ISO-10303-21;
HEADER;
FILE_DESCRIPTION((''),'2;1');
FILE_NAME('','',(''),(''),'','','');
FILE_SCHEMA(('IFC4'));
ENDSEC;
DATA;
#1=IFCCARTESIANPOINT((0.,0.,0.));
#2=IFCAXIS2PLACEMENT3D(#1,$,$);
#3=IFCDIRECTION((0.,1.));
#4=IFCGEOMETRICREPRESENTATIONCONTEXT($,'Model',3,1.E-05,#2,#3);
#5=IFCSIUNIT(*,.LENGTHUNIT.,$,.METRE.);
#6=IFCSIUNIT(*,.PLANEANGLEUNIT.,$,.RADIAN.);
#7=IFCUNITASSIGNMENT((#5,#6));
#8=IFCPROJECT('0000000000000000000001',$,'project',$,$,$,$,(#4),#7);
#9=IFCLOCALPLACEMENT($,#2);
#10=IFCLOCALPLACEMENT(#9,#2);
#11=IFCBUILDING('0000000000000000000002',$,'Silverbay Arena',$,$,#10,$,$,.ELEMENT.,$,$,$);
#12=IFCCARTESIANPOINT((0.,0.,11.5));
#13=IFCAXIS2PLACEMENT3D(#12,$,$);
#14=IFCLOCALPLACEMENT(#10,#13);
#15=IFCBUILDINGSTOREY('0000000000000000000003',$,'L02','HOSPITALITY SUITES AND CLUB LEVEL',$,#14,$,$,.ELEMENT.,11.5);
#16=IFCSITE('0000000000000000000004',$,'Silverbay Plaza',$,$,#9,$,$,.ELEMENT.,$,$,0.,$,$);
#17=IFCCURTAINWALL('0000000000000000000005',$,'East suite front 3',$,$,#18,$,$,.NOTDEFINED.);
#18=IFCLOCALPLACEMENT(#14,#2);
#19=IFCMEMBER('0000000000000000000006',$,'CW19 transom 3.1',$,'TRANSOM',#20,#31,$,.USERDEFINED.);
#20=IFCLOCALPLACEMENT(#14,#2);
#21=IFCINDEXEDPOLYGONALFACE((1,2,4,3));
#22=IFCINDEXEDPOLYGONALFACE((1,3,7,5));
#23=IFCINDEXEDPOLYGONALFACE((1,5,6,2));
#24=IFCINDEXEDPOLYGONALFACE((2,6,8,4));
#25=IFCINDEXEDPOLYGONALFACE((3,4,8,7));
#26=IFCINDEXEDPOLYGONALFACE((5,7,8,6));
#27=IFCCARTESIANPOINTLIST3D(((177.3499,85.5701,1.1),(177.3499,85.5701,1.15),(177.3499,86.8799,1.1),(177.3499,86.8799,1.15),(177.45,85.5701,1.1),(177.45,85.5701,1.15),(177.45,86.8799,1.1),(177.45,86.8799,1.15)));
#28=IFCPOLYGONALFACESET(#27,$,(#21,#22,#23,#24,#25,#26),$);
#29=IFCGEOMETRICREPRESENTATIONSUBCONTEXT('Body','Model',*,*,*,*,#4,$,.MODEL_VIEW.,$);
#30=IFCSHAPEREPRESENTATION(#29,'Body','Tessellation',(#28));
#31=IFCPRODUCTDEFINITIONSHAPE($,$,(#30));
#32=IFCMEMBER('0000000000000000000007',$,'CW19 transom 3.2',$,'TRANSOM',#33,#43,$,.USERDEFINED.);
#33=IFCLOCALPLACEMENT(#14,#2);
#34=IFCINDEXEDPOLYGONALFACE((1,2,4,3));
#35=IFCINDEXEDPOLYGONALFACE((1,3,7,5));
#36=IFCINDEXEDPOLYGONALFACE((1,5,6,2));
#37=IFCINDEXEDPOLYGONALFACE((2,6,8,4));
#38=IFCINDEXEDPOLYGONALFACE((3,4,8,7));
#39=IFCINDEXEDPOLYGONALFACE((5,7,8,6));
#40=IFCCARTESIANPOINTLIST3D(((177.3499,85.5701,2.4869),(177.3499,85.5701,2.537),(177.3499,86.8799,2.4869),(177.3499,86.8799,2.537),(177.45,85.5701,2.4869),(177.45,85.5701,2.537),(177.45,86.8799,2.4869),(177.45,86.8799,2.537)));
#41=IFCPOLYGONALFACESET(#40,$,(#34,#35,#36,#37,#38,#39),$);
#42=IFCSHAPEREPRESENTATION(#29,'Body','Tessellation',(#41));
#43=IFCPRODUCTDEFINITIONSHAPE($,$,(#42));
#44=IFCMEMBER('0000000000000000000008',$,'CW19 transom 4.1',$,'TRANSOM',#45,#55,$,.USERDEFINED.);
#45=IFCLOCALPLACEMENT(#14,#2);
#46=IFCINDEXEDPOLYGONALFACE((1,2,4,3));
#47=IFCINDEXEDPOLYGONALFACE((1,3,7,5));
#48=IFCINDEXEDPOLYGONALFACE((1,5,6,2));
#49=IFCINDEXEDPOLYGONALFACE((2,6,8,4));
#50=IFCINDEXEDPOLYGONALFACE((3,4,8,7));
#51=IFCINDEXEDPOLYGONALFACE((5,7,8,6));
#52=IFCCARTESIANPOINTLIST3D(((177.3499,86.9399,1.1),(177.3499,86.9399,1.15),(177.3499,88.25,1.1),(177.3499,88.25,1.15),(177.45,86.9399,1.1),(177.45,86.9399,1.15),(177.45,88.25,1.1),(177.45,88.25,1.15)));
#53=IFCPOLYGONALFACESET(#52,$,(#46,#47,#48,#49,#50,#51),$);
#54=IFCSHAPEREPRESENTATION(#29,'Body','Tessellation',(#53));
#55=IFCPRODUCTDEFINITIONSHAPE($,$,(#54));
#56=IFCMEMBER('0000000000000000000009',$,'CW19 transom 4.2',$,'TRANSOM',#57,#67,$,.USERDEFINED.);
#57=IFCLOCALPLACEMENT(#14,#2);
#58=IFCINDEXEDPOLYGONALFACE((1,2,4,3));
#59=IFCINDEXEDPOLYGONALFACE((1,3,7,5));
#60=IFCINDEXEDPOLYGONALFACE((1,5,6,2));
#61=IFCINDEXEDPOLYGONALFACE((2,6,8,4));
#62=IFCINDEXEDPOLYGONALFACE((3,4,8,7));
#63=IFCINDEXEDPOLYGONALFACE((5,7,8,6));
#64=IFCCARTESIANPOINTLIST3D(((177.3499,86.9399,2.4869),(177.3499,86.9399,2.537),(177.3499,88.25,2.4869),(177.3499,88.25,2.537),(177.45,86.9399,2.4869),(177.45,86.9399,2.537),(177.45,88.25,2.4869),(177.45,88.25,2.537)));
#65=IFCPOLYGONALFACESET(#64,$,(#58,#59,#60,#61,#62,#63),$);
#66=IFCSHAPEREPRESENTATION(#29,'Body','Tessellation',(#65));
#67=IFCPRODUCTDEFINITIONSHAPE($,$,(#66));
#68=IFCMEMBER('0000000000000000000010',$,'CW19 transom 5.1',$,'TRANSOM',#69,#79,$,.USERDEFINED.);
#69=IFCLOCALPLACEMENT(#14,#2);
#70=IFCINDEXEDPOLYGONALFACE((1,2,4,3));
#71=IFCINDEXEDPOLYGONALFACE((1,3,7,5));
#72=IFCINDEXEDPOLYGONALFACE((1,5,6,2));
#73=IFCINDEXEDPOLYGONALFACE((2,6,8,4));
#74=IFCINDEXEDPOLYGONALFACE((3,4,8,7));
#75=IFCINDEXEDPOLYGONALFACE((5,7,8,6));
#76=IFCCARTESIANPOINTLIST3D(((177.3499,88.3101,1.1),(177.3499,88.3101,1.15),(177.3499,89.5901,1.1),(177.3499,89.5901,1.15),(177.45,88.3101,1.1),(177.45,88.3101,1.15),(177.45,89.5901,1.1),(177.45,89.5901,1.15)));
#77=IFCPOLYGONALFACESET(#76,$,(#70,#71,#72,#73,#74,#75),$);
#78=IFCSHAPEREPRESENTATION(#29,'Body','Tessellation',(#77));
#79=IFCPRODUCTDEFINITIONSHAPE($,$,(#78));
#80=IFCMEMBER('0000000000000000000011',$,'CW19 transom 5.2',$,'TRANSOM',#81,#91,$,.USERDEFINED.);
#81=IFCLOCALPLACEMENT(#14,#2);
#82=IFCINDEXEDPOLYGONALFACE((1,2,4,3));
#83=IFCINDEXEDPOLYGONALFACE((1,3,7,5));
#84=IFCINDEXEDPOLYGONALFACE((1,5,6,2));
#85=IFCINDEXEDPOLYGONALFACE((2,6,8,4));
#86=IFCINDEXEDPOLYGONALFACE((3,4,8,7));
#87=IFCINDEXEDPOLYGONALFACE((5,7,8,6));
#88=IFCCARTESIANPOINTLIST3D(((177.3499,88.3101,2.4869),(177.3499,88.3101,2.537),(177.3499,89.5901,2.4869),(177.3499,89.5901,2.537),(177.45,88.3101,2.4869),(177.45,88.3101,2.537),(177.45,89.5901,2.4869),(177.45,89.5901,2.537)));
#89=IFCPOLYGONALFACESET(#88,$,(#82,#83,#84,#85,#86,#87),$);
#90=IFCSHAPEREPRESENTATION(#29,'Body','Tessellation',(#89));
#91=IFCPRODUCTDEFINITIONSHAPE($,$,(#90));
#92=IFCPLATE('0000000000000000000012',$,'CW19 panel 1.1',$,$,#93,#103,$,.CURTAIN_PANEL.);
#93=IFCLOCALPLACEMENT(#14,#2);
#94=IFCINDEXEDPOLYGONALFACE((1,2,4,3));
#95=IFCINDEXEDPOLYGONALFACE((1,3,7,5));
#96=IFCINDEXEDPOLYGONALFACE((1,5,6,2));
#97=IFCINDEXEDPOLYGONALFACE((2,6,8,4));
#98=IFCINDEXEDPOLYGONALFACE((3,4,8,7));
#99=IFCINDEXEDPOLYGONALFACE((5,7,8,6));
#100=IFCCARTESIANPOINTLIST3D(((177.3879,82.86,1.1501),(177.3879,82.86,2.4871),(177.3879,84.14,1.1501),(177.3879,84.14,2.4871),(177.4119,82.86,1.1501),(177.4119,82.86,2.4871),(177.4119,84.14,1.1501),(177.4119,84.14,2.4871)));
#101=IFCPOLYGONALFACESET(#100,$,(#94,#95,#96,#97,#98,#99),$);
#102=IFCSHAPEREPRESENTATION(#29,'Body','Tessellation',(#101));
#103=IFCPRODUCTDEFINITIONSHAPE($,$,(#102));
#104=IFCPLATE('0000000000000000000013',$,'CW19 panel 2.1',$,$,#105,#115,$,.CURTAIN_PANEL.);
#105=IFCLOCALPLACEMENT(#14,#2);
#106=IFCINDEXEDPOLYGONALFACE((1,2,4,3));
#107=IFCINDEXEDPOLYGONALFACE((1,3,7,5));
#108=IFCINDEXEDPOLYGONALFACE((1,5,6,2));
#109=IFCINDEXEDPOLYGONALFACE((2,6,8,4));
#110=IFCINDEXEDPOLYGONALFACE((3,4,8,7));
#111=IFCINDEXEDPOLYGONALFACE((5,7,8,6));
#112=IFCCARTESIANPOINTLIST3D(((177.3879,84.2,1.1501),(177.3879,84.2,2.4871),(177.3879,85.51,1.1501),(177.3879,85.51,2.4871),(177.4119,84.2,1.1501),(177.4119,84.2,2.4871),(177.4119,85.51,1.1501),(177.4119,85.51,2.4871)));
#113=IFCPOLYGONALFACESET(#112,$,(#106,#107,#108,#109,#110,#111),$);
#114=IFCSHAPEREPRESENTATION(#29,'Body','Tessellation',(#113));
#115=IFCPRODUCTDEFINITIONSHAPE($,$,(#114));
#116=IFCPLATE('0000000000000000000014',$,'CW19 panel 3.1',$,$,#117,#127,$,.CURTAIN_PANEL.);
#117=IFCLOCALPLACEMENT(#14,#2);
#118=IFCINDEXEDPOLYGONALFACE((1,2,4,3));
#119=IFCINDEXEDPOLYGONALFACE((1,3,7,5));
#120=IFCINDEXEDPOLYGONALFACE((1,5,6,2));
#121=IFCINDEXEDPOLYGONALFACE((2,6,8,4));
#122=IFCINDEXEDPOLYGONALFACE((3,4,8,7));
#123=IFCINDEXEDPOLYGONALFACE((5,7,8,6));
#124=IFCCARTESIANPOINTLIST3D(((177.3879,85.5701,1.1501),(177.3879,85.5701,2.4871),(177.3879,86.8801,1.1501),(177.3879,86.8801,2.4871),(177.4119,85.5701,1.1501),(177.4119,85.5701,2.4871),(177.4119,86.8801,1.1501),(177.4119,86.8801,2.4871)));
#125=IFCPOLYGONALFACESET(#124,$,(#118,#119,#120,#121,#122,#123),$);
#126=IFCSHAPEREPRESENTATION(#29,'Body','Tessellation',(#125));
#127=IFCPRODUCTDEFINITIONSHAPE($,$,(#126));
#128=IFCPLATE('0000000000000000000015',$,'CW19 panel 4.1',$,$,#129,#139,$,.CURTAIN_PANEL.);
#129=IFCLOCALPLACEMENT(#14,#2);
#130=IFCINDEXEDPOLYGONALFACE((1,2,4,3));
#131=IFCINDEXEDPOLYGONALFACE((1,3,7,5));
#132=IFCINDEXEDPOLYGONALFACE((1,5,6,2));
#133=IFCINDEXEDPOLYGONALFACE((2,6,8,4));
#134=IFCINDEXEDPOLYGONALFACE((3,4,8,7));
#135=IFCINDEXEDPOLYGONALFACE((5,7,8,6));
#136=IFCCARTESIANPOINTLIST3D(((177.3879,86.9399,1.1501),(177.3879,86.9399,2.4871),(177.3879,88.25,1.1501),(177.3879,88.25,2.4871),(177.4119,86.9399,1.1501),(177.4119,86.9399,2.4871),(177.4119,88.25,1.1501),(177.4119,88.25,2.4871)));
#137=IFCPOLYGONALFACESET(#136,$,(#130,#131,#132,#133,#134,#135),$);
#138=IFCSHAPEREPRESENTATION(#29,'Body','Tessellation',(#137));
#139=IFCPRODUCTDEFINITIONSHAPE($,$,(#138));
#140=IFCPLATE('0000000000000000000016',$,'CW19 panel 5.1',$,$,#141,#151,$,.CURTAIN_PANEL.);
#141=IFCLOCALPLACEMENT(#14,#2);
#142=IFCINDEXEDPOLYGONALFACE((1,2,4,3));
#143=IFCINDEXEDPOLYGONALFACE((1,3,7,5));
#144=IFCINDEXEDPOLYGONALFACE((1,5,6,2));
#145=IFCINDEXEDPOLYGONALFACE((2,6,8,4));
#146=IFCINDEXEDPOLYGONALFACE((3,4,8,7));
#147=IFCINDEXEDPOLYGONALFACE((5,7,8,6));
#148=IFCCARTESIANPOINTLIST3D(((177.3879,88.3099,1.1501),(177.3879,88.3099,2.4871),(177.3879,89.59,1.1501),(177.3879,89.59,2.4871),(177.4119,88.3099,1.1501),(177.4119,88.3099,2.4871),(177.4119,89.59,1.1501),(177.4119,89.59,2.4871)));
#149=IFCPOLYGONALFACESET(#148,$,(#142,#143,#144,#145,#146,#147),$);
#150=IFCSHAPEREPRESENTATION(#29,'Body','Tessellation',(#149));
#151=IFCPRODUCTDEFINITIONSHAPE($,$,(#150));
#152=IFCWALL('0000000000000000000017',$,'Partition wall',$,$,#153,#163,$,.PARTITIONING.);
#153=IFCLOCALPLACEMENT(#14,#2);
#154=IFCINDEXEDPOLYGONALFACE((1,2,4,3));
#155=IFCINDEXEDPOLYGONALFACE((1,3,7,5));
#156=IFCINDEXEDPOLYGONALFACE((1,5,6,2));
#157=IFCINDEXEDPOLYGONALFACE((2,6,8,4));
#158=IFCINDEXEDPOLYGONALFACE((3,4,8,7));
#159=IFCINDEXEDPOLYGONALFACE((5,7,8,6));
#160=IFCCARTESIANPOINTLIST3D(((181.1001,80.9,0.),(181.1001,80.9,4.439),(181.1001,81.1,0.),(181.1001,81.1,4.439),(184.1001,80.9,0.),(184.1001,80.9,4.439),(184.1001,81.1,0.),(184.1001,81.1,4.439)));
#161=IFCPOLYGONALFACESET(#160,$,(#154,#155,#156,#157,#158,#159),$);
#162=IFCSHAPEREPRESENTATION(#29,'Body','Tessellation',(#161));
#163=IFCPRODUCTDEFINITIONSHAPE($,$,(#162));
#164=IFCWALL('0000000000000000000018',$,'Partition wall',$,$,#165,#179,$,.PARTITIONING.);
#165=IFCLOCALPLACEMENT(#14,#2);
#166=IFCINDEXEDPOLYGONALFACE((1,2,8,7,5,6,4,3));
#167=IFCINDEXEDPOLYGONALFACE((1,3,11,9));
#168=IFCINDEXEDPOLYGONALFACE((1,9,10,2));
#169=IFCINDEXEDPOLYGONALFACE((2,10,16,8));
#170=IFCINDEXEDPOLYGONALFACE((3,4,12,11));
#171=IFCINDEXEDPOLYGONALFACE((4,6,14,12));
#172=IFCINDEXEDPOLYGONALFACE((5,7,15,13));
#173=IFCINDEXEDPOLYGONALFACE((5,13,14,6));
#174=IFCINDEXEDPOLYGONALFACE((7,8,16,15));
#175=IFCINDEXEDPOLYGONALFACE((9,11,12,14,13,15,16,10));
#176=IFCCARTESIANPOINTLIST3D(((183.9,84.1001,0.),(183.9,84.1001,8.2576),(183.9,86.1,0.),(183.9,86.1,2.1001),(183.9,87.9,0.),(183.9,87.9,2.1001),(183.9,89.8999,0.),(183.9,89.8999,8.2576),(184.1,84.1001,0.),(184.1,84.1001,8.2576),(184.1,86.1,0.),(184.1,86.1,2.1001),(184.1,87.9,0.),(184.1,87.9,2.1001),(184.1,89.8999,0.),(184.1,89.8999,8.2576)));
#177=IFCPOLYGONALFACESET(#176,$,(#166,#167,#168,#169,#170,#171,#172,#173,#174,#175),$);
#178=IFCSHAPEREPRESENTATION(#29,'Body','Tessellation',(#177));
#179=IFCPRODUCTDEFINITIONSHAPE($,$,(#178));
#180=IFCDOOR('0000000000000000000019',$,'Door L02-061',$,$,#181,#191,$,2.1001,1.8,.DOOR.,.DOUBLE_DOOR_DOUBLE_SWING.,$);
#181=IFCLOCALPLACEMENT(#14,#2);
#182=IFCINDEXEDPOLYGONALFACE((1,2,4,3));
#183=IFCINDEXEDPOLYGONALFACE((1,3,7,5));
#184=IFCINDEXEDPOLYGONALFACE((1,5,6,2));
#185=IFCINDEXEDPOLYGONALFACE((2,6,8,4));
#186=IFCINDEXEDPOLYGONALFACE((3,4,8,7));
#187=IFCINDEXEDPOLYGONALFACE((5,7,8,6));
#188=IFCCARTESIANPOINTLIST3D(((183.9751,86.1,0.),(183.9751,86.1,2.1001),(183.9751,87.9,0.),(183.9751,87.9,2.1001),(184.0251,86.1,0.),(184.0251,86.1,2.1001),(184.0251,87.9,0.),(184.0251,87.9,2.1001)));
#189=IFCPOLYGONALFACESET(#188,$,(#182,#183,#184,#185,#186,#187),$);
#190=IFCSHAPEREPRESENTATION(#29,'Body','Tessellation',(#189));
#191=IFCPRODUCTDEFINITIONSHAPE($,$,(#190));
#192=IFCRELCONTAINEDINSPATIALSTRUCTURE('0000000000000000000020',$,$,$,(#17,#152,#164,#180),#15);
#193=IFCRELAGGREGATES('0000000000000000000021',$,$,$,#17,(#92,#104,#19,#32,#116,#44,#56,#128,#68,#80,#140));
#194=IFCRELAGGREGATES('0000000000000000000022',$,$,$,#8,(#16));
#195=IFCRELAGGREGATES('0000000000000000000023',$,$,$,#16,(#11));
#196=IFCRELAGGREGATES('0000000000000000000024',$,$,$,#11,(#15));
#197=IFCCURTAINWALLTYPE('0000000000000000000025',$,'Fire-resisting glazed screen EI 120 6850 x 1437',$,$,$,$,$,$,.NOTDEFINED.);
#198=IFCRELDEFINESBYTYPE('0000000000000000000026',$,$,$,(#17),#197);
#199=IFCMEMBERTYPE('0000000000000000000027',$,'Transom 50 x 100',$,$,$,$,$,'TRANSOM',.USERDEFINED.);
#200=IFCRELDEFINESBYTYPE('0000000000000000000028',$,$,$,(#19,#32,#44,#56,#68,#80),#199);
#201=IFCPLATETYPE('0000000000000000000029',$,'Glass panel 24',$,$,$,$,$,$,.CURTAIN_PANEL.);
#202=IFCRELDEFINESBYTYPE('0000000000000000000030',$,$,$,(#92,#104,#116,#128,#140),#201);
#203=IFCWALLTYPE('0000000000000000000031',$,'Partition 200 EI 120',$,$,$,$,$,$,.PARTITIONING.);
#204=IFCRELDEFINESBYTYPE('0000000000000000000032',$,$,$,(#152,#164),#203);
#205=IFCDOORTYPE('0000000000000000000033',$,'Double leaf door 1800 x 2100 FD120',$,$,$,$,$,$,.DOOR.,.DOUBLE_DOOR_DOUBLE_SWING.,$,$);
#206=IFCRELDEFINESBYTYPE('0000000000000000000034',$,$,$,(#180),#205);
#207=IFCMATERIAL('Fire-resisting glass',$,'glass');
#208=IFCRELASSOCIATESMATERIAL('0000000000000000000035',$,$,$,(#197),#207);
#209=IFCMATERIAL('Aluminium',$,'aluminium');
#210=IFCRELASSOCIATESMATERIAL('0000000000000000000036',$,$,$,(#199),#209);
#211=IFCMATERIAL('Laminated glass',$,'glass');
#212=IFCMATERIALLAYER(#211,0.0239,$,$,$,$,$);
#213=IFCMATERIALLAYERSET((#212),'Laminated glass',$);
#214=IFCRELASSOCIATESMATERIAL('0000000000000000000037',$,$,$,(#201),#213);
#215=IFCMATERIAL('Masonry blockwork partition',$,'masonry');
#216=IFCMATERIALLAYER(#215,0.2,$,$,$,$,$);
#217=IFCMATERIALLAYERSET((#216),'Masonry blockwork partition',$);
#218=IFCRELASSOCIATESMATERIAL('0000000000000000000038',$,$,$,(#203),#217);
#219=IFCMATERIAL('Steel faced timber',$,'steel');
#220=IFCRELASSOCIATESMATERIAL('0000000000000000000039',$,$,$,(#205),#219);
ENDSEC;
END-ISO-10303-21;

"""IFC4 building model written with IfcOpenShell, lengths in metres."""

from ifc_helpers import new_model, si_unit, direction, frame, frame_2d, origin, origin_2d, place, context, subcontext, project, spatial, rectangle, extrude, material, layer, layer_set, material_profile, profile_set, type_object, element, fill, aggregate, save


model = new_model("IFC4")

# Units and contexts
model_context = context("Model", 3, precision=1e-05, world=origin(), true_north=direction((0.0, 1.0)))
body_context = subcontext(model_context, "Body", "Model", "MODEL_VIEW")
ifc_project = project(units=[si_unit("LENGTHUNIT", "METRE"), si_unit("PLANEANGLEUNIT", "RADIAN")], contexts=[model_context])

# Site, building, storey
site_placement = place(None, origin())
site = spatial("IfcSite", under=ifc_project, at=site_placement, Name="Silverbay Plaza", CompositionType="ELEMENT", RefElevation=0.0)
building_placement = place(site_placement, origin())
building = spatial("IfcBuilding", under=site, at=building_placement, Name="Silverbay Arena", CompositionType="ELEMENT")
storey_placement = place(building_placement, frame((0.0, 0.0, 11.5)))
storey = spatial("IfcBuildingStorey", under=building, at=storey_placement, Name="L02", Description="HOSPITALITY SUITES AND CLUB LEVEL", CompositionType="ELEMENT", Elevation=11.5)

# Curtain wall
ifc_material_1 = material(Name="Fire-resisting glass", Category="glass")
curtain_wall_type = type_object("IfcCurtainWallType", Name="Fire-resisting glazed screen EI 120 6850 x 1437", PredefinedType="NOTDEFINED", material=ifc_material_1)
curtain_wall_placement = place(storey_placement, origin())
curtain_wall = element("IfcCurtainWall", 1, at=curtain_wall_placement, inside=storey, type_object=curtain_wall_type, Name="East suite front 3", PredefinedType="NOTDEFINED")

# Members
ifc_material_2 = material(Name="Aluminium", Category="aluminium")
ifc_material_profile_1 = material_profile(ifc_material_2, rectangle(XDim=0.1001, YDim=0.05, at=origin_2d()), Name="Transom 50 x 100")
ifc_profile_set_1 = profile_set([ifc_material_profile_1], Name="Aluminium")
member_type_1 = type_object("IfcMemberType", Name="Transom 50 x 100", ElementType="TRANSOM", PredefinedType="USERDEFINED", material=ifc_profile_set_1)
member_1_placement = place(storey_placement, frame((177.3999, 85.5701, 1.125), z_axis=(0.0, 1.0, 0.0), x_axis=(-1.0, 0.0, 0.0)))
member_1 = element("IfcMember", 2, at=member_1_placement, type_object=member_type_1, Name="CW19 transom 3.1", ObjectType="TRANSOM", PredefinedType="USERDEFINED", context=body_context, shape_type="SweptSolid", body=[
    extrude(rectangle(XDim=0.1001, YDim=0.05, at=origin_2d()), origin(), (0.0, 0.0, 1.0), 1.3098),
])
member_2_placement = place(storey_placement, frame((177.3999, 85.5701, 2.512), z_axis=(0.0, 1.0, 0.0), x_axis=(-1.0, 0.0, 0.0)))
member_2 = element("IfcMember", 3, at=member_2_placement, type_object=member_type_1, Name="CW19 transom 3.2", ObjectType="TRANSOM", PredefinedType="USERDEFINED", context=body_context, shape_type="SweptSolid", body=[
    extrude(rectangle(XDim=0.1001, YDim=0.05, at=origin_2d()), origin(), (0.0, 0.0, 1.0), 1.3098),
])
member_3_placement = place(storey_placement, frame((177.3999, 86.9399, 1.125), z_axis=(0.0, 1.0, 0.0), x_axis=(-1.0, 0.0, 0.0)))
member_3 = element("IfcMember", 4, at=member_3_placement, type_object=member_type_1, Name="CW19 transom 4.1", ObjectType="TRANSOM", PredefinedType="USERDEFINED", context=body_context, shape_type="SweptSolid", body=[
    extrude(rectangle(XDim=0.1001, YDim=0.05, at=origin_2d()), origin(), (0.0, 0.0, 1.0), 1.3101),
])
member_4_placement = place(storey_placement, frame((177.3999, 86.9399, 2.512), z_axis=(0.0, 1.0, 0.0), x_axis=(-1.0, 0.0, 0.0)))
member_4 = element("IfcMember", 5, at=member_4_placement, type_object=member_type_1, Name="CW19 transom 4.2", ObjectType="TRANSOM", PredefinedType="USERDEFINED", context=body_context, shape_type="SweptSolid", body=[
    extrude(rectangle(XDim=0.1001, YDim=0.05, at=origin_2d()), origin(), (0.0, 0.0, 1.0), 1.3101),
])
member_5_placement = place(storey_placement, frame((177.3999, 88.3101, 1.125), z_axis=(0.0, 1.0, 0.0), x_axis=(-1.0, 0.0, 0.0)))
member_5 = element("IfcMember", 6, at=member_5_placement, type_object=member_type_1, Name="CW19 transom 5.1", ObjectType="TRANSOM", PredefinedType="USERDEFINED", context=body_context, shape_type="SweptSolid", body=[
    extrude(rectangle(XDim=0.1001, YDim=0.05, at=origin_2d()), origin(), (0.0, 0.0, 1.0), 1.28),
])
member_6_placement = place(storey_placement, frame((177.3999, 88.3101, 2.512), z_axis=(0.0, 1.0, 0.0), x_axis=(-1.0, 0.0, 0.0)))
member_6 = element("IfcMember", 7, at=member_6_placement, type_object=member_type_1, Name="CW19 transom 5.2", ObjectType="TRANSOM", PredefinedType="USERDEFINED", context=body_context, shape_type="SweptSolid", body=[
    extrude(rectangle(XDim=0.1001, YDim=0.05, at=origin_2d()), origin(), (0.0, 0.0, 1.0), 1.28),
])

# Plates
ifc_material_3 = material(Name="Laminated glass", Category="glass")
ifc_layer_1 = layer(ifc_material_3, 0.0239)
ifc_layer_set_1 = layer_set([ifc_layer_1], Name="Laminated glass")
plate_type = type_object("IfcPlateType", Name="Glass panel 24", PredefinedType="CURTAIN_PANEL", material=ifc_layer_set_1)
plate_1_placement = place(storey_placement, frame((177.3999, 83.5, 1.1501), z_axis=(0.0, 0.0, 1.0), x_axis=(0.0, 1.0, 0.0)))
plate_1 = element("IfcPlate", 8, at=plate_1_placement, type_object=plate_type, Name="CW19 panel 1.1", PredefinedType="CURTAIN_PANEL", context=body_context, shape_type="SweptSolid", body=[
    extrude(rectangle(XDim=1.28, YDim=0.0239, at=origin_2d()), origin(), (0.0, 0.0, 1.0), 1.3369),
])
plate_2_placement = place(storey_placement, frame((177.3999, 84.855, 1.1501), z_axis=(0.0, 0.0, 1.0), x_axis=(0.0, 1.0, 0.0)))
plate_2 = element("IfcPlate", 9, at=plate_2_placement, type_object=plate_type, Name="CW19 panel 2.1", PredefinedType="CURTAIN_PANEL", context=body_context, shape_type="SweptSolid", body=[
    extrude(rectangle(XDim=1.3101, YDim=0.0239, at=origin_2d()), origin(), (0.0, 0.0, 1.0), 1.3369),
])
plate_3_placement = place(storey_placement, frame((177.3999, 86.2251, 1.1501), z_axis=(0.0, 0.0, 1.0), x_axis=(0.0, 1.0, 0.0)))
plate_3 = element("IfcPlate", 10, at=plate_3_placement, type_object=plate_type, Name="CW19 panel 3.1", PredefinedType="CURTAIN_PANEL", context=body_context, shape_type="SweptSolid", body=[
    extrude(rectangle(XDim=1.3101, YDim=0.0239, at=origin_2d()), origin(), (0.0, 0.0, 1.0), 1.3369),
])
plate_4_placement = place(storey_placement, frame((177.3999, 87.595, 1.1501), z_axis=(0.0, 0.0, 1.0), x_axis=(0.0, 1.0, 0.0)))
plate_4 = element("IfcPlate", 11, at=plate_4_placement, type_object=plate_type, Name="CW19 panel 4.1", PredefinedType="CURTAIN_PANEL", context=body_context, shape_type="SweptSolid", body=[
    extrude(rectangle(XDim=1.3101, YDim=0.0239, at=origin_2d()), origin(), (0.0, 0.0, 1.0), 1.3369),
])
plate_5_placement = place(storey_placement, frame((177.3999, 88.95, 1.1501), z_axis=(0.0, 0.0, 1.0), x_axis=(0.0, 1.0, 0.0)))
plate_5 = element("IfcPlate", 12, at=plate_5_placement, type_object=plate_type, Name="CW19 panel 5.1", PredefinedType="CURTAIN_PANEL", context=body_context, shape_type="SweptSolid", body=[
    extrude(rectangle(XDim=1.28, YDim=0.0239, at=origin_2d()), origin(), (0.0, 0.0, 1.0), 1.3369),
])
aggregate(curtain_wall, [plate_1, plate_2, member_1, member_2, plate_3, member_3, member_4, plate_4, member_5, member_6, plate_5])

# Wall
ifc_material_4 = material(Name="Masonry blockwork partition", Category="masonry")
ifc_layer_2 = layer(ifc_material_4, 0.2)
ifc_layer_set_2 = layer_set([ifc_layer_2], Name="Masonry blockwork partition")
wall_type_1 = type_object("IfcWallType", Name="Partition 200 EI 120", PredefinedType="PARTITIONING", material=ifc_layer_set_2)
wall_1_placement = place(storey_placement, frame((181.1001, 81.0, 0.0), z_axis=(0.0, 0.0, 1.0), x_axis=(1.0, 0.0, 0.0)))
element("IfcWall", 13, at=wall_1_placement, inside=storey, type_object=wall_type_1, Name="Partition wall", PredefinedType="PARTITIONING", context=body_context, shape_type="SweptSolid", body=[
    extrude(rectangle(XDim=3.0, YDim=0.2, at=frame_2d((1.5, 0.0))), origin(), (0.0, 0.0, 1.0), 4.439),
])

# Wall, opening, door
wall_2_placement = place(storey_placement, frame((184.0, 84.1001, 0.0), z_axis=(0.0, 0.0, 1.0), x_axis=(0.0, 1.0, 0.0)))
wall_2 = element("IfcWall", 14, at=wall_2_placement, inside=storey, type_object=wall_type_1, Name="Partition wall", PredefinedType="PARTITIONING", context=body_context, shape_type="SweptSolid", body=[
    extrude(rectangle(XDim=5.7998, YDim=0.2, at=frame_2d((2.8999, 0.0))), origin(), (0.0, 0.0, 1.0), 8.2576),
])
opening_1_placement = place(wall_2_placement, frame((2.0, 0.0, 0.0)))
opening_1 = element("IfcOpeningElement", 15, at=opening_1_placement, cuts=wall_2, PredefinedType="OPENING", context=body_context, shape_type="SweptSolid", body=[
    extrude(rectangle(XDim=1.8, YDim=2.1001, at=frame_2d((0.8999, 1.05))), frame((0.0, 0.1099, 0.0), z_axis=(0.0, -1.0, 0.0), x_axis=(1.0, 0.0, 0.0)), (0.0, 0.0, 1.0), 0.22),
])
ifc_material_5 = material(Name="Steel faced timber", Category="steel")
door_type_1 = type_object("IfcDoorType", Name="Double leaf door 1800 x 2100 FD120", OperationType="DOUBLE_DOOR_DOUBLE_SWING", PredefinedType="DOOR", material=ifc_material_5)
door_1_placement = place(opening_1_placement, origin())
door_1 = element("IfcDoor", 16, at=door_1_placement, inside=storey, type_object=door_type_1, Name="Door L02-061", OperationType="DOUBLE_DOOR_DOUBLE_SWING", OverallHeight=2.1001, OverallWidth=1.8, PredefinedType="DOOR", context=body_context, shape_type="SweptSolid", body=[
    extrude(rectangle(XDim=1.8, YDim=2.1001, at=frame_2d((0.8999, 1.05))), frame((0.0, 0.0249, 0.0), z_axis=(0.0, -1.0, 0.0), x_axis=(1.0, 0.0, 0.0)), (0.0, 0.0, 1.0), 0.05),
])
fill(opening_1, door_1)

save(model, "model.ifc")
